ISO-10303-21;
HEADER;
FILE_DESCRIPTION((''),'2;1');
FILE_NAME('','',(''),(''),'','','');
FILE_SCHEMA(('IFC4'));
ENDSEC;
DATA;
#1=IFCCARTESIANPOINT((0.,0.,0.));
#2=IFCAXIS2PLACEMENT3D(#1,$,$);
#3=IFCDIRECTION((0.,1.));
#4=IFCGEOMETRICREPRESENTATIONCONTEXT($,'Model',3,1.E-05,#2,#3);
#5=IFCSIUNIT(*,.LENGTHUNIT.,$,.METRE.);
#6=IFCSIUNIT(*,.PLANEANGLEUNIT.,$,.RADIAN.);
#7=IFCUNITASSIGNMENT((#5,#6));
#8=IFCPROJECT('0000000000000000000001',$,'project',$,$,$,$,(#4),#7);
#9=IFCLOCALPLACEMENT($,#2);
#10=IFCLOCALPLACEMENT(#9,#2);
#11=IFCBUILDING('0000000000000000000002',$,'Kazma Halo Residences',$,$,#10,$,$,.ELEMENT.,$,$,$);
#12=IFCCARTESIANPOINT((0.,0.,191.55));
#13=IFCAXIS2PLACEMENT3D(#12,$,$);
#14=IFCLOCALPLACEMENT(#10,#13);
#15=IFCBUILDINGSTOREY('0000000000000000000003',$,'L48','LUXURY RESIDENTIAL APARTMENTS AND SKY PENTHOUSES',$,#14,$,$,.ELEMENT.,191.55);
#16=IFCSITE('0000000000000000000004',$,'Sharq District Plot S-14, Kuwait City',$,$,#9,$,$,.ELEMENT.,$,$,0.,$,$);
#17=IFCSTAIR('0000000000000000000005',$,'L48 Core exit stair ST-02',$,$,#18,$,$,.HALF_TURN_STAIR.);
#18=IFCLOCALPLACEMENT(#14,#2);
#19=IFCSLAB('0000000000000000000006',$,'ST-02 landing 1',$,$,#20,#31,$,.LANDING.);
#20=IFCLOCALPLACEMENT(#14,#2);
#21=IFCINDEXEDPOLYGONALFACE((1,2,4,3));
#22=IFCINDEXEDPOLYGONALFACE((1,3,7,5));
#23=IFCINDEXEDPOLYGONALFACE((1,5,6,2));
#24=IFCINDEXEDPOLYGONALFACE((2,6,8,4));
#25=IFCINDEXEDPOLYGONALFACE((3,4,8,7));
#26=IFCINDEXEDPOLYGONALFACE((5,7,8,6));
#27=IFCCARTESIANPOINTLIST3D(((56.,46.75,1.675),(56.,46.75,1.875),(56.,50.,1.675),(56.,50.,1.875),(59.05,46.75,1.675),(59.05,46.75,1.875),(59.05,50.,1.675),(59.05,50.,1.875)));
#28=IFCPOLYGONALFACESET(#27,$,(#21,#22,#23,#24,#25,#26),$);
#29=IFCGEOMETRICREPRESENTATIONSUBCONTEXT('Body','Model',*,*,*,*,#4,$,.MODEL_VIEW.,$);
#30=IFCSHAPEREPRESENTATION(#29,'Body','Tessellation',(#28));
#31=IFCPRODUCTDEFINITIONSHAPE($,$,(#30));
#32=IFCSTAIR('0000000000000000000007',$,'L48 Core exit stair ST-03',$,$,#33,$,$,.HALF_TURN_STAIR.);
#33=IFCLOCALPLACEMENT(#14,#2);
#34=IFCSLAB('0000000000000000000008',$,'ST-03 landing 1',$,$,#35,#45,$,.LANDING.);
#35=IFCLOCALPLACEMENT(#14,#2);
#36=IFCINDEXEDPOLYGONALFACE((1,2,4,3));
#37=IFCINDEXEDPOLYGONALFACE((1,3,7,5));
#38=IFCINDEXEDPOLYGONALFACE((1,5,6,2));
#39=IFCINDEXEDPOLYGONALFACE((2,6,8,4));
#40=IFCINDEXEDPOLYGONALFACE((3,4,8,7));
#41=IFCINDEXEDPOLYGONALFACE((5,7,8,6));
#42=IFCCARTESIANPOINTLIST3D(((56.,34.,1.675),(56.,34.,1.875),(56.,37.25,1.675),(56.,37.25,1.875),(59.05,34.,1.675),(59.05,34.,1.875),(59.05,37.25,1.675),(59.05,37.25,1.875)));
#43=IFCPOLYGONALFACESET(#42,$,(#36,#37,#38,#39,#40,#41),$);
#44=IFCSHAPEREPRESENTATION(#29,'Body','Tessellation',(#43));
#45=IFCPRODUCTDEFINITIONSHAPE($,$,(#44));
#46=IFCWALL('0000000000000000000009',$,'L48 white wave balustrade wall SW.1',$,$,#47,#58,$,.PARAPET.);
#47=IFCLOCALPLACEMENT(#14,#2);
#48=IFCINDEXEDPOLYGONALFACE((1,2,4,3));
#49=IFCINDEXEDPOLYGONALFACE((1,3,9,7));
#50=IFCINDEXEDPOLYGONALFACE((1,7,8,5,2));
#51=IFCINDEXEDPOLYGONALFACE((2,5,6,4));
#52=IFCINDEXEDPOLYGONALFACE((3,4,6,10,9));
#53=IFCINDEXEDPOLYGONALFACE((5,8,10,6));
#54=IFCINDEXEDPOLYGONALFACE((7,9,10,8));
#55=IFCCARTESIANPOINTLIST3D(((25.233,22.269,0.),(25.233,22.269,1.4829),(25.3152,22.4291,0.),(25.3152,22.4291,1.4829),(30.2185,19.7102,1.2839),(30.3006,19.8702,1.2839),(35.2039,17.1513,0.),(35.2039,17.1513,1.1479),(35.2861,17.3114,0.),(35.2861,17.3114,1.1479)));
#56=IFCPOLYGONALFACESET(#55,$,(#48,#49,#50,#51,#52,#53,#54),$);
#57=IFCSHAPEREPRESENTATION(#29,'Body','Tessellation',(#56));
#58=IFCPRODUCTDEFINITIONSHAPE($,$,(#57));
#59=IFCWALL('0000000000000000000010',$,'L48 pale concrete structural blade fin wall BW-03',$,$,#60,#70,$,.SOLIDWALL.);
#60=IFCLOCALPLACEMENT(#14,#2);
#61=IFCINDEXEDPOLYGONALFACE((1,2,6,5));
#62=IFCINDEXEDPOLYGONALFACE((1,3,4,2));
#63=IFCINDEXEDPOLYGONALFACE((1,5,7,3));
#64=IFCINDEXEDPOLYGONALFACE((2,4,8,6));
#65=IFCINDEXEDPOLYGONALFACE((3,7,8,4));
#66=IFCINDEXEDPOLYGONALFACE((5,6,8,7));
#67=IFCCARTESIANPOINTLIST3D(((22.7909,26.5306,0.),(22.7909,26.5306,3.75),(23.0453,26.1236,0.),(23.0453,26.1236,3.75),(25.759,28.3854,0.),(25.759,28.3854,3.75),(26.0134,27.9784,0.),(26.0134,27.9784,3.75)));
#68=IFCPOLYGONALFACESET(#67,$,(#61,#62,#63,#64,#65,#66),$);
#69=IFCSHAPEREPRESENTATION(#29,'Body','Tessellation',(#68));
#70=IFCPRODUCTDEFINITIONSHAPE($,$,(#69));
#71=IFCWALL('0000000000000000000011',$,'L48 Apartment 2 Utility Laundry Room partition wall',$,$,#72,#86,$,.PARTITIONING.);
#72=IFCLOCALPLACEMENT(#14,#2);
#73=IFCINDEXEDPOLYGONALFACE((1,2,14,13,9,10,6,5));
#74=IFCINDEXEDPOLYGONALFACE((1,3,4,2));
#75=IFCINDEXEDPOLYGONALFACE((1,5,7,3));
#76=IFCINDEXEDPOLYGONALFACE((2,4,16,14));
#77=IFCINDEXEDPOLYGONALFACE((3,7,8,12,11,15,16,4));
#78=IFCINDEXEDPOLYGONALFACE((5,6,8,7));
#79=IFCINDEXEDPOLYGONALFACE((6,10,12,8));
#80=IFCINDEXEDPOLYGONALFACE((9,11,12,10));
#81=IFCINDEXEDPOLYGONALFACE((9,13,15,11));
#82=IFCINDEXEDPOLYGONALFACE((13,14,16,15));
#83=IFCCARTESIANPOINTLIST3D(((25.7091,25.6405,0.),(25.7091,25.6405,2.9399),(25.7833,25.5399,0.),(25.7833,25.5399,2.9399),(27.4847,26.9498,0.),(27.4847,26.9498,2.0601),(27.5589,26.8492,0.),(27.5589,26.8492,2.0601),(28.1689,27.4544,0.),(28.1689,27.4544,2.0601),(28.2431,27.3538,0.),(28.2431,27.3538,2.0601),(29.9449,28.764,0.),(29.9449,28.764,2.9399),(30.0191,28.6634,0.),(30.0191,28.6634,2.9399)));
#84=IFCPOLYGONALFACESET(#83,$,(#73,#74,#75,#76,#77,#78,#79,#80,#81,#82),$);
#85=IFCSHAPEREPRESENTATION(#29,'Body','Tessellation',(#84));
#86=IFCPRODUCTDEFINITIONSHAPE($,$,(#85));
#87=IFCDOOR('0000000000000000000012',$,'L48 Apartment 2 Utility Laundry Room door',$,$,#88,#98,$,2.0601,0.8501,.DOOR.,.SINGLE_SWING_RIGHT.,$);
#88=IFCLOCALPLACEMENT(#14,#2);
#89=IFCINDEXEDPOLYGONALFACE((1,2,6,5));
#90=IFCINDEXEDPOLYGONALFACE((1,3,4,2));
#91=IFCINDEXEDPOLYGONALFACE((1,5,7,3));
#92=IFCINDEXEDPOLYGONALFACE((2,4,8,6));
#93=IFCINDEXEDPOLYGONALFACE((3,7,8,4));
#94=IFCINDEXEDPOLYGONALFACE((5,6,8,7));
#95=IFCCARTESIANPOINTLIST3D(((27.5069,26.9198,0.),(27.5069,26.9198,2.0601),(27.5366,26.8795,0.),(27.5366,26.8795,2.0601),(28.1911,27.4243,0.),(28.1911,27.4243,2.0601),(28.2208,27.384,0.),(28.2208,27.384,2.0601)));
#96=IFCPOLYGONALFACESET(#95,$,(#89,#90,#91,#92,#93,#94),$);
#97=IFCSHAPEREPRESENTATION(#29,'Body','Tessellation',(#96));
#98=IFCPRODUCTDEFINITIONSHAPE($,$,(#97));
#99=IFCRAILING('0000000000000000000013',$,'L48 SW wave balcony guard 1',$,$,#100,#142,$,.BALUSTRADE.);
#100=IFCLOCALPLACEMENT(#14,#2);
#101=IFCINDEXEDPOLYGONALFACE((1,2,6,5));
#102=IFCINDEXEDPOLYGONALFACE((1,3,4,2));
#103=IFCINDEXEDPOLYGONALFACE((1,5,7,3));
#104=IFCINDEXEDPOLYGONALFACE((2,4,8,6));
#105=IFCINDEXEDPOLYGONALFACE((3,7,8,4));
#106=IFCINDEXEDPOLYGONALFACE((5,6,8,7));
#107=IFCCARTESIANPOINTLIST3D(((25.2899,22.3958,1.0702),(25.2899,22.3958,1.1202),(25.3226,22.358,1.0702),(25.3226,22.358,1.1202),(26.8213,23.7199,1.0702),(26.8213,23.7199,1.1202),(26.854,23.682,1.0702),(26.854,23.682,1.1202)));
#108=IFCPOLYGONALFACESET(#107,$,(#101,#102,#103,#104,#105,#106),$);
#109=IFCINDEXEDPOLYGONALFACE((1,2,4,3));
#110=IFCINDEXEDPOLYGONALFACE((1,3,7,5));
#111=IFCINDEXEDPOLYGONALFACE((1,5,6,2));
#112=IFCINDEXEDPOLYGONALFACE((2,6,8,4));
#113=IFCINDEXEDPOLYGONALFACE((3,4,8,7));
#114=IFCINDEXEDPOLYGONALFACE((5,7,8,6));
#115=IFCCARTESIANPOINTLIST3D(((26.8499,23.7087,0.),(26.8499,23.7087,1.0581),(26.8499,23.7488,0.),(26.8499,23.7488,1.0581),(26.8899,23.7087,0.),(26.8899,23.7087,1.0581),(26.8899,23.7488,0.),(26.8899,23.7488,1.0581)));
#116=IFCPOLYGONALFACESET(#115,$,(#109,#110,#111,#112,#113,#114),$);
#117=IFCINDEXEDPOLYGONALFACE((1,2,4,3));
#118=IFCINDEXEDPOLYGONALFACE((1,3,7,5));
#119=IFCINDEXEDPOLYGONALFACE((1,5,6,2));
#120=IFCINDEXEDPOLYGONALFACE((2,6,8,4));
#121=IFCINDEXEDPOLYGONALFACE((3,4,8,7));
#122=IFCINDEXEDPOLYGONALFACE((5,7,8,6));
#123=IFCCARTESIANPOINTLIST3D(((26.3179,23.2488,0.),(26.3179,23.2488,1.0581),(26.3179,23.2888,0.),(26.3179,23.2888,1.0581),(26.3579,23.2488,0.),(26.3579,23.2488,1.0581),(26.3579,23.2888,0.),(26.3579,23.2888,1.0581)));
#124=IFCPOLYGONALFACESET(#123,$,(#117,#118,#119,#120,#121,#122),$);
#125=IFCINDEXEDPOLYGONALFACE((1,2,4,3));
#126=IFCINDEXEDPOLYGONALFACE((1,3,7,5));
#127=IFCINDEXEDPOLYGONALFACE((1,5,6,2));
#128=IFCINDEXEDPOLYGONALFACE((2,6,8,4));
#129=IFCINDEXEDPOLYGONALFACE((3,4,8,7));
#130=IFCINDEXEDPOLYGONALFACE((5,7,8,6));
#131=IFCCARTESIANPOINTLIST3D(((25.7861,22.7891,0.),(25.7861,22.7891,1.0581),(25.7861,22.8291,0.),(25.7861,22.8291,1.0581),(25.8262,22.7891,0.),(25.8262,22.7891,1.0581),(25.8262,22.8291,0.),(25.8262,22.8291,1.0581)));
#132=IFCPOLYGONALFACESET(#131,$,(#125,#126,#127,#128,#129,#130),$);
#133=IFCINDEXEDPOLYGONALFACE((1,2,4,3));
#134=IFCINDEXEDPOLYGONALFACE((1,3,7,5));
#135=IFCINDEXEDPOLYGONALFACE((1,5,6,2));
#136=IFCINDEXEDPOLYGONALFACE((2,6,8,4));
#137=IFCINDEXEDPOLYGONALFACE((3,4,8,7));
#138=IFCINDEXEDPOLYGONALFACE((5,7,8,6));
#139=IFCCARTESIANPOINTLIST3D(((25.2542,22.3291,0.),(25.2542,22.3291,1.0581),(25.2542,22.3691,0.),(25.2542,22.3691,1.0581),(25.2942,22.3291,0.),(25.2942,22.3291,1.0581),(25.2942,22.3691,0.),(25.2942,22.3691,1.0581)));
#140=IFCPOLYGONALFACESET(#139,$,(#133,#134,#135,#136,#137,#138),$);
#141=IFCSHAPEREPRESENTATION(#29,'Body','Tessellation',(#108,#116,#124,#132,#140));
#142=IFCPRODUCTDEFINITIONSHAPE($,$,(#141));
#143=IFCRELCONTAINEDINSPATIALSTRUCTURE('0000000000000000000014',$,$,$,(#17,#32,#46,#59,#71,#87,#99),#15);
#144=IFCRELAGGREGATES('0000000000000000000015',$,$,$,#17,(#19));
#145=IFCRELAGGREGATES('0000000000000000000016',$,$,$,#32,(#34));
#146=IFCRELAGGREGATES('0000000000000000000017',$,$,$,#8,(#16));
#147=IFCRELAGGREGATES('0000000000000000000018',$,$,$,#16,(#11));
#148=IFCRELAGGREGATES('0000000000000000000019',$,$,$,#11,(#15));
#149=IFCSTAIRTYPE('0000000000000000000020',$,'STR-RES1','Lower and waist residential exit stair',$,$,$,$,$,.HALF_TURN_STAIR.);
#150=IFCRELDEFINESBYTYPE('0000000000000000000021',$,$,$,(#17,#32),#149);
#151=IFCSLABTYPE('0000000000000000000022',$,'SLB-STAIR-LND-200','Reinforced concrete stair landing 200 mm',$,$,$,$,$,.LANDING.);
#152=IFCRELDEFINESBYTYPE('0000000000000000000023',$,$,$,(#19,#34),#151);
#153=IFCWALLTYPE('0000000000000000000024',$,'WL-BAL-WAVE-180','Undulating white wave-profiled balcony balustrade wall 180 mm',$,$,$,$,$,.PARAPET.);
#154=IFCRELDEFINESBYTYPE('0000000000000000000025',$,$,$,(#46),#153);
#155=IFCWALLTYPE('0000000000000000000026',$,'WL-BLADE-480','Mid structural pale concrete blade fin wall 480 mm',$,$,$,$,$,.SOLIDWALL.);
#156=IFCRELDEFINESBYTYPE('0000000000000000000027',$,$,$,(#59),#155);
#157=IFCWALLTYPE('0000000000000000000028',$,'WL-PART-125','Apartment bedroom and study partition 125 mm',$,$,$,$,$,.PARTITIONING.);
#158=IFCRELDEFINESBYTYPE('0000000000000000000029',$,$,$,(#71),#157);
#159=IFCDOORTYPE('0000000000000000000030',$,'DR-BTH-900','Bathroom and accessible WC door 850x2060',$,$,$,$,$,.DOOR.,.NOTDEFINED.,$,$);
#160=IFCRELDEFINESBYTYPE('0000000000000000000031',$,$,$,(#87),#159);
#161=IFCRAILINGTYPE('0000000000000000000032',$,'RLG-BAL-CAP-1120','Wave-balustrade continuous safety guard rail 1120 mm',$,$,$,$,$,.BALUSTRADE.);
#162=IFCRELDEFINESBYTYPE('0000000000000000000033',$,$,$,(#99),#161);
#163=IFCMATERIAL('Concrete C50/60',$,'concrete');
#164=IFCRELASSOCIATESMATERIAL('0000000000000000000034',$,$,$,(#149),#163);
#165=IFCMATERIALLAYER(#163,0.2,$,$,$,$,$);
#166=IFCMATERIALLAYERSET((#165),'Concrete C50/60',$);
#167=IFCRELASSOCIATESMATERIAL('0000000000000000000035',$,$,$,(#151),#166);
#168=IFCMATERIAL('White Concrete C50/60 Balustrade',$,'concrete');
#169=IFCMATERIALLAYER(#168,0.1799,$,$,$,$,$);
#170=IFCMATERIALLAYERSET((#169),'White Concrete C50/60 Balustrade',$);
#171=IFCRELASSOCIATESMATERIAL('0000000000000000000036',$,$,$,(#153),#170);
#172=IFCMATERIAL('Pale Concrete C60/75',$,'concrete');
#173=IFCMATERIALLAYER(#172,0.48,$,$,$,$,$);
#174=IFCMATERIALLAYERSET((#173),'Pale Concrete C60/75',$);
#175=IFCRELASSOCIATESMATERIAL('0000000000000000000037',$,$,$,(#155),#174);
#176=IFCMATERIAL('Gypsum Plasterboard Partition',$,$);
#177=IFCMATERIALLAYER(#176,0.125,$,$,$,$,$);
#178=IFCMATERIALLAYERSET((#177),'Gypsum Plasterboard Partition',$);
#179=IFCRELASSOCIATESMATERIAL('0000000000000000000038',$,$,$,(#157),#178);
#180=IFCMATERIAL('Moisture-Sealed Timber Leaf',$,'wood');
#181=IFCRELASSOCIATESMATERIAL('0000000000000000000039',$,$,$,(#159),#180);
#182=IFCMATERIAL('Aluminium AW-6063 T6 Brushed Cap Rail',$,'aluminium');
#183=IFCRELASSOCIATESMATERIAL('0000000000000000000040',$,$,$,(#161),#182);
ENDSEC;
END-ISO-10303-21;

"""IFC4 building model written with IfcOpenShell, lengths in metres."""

from ifc_helpers import new_model, si_unit, direction, frame, frame_2d, origin, origin_2d, place, context, subcontext, project, spatial, polyline, rectangle, outline, extrude, material, layer, layer_set, type_object, element, fill, aggregate, save


model = new_model("IFC4")

# Units and contexts
model_context = context("Model", 3, precision=1e-05, world=origin(), true_north=direction((0.0, 1.0)))
body_context = subcontext(model_context, "Body", "Model", "MODEL_VIEW")
ifc_project = project(units=[si_unit("LENGTHUNIT", "METRE"), si_unit("PLANEANGLEUNIT", "RADIAN")], contexts=[model_context])

# Site, building, storey
site_placement = place(None, origin())
site = spatial("IfcSite", under=ifc_project, at=site_placement, Name="Sharq District Plot S-14, Kuwait City", CompositionType="ELEMENT", RefElevation=0.0)
building_placement = place(site_placement, origin())
building = spatial("IfcBuilding", under=site, at=building_placement, Name="Kazma Halo Residences", CompositionType="ELEMENT")
storey_placement = place(building_placement, frame((0.0, 0.0, 191.55)))
storey = spatial("IfcBuildingStorey", under=building, at=storey_placement, Name="L48", Description="LUXURY RESIDENTIAL APARTMENTS AND SKY PENTHOUSES", CompositionType="ELEMENT", Elevation=191.55)

# Shared definitions
ifc_material_1 = material(Name="Concrete C50/60", Category="concrete")

# Stairs, slabs
stair_type = type_object("IfcStairType", Name="STR-RES1", Description="Lower and waist residential exit stair", PredefinedType="HALF_TURN_STAIR", material=ifc_material_1)
ifc_layer_1 = layer(ifc_material_1, 0.2)
ifc_layer_set_1 = layer_set([ifc_layer_1], Name="Concrete C50/60")
slab_type_1 = type_object("IfcSlabType", Name="SLB-STAIR-LND-200", Description="Reinforced concrete stair landing 200 mm", PredefinedType="LANDING", material=ifc_layer_set_1)
stair_1_placement = place(storey_placement, origin())
stair_1 = element("IfcStair", 1, at=stair_1_placement, inside=storey, type_object=stair_type, Name="L48 Core exit stair ST-02", PredefinedType="HALF_TURN_STAIR")
slab_1_placement = place(storey_placement, frame((0.0, 0.0, 1.675)))
slab_1 = element("IfcSlab", 2, at=slab_1_placement, type_object=slab_type_1, Name="ST-02 landing 1", PredefinedType="LANDING", context=body_context, shape_type="SweptSolid", body=[
    extrude(outline(polyline([(56.0, 46.75), (59.05, 46.75), (59.05, 50.0), (56.0, 50.0), (56.0, 46.75)])), origin(), (0.0, 0.0, 1.0), 0.2),
])
aggregate(stair_1, [slab_1])
stair_2_placement = place(storey_placement, origin())
stair_2 = element("IfcStair", 3, at=stair_2_placement, inside=storey, type_object=stair_type, Name="L48 Core exit stair ST-03", PredefinedType="HALF_TURN_STAIR")
slab_2_placement = place(storey_placement, frame((0.0, 0.0, 1.675)))
slab_2 = element("IfcSlab", 4, at=slab_2_placement, type_object=slab_type_1, Name="ST-03 landing 1", PredefinedType="LANDING", context=body_context, shape_type="SweptSolid", body=[
    extrude(outline(polyline([(56.0, 34.0), (59.05, 34.0), (59.05, 37.25), (56.0, 37.25), (56.0, 34.0)])), origin(), (0.0, 0.0, 1.0), 0.2),
])
aggregate(stair_2, [slab_2])

# Walls
ifc_material_2 = material(Name="White Concrete C50/60 Balustrade", Category="concrete")
ifc_layer_2 = layer(ifc_material_2, 0.1799)
ifc_layer_set_2 = layer_set([ifc_layer_2], Name="White Concrete C50/60 Balustrade")
wall_type_1 = type_object("IfcWallType", Name="WL-BAL-WAVE-180", Description="Undulating white wave-profiled balcony balustrade wall 180 mm", PredefinedType="PARAPET", material=ifc_layer_set_2)
wall_1_placement = place(storey_placement, frame((25.2742, 22.3491, 0.0), z_axis=(0.0, 0.0, 1.0), x_axis=(0.889659, -0.456625, 0.0)))
element("IfcWall", 5, at=wall_1_placement, inside=storey, type_object=wall_type_1, Name="L48 white wave balustrade wall SW.1", PredefinedType="PARAPET", context=body_context, shape_type="SweptSolid", body=[
    extrude(outline(polyline([(0.0, 0.0), (11.2075, 0.0), (11.2075, 1.1479), (5.6038, 1.2839), (0.0, 1.4829), (0.0, 0.0)])), frame((0.0, 0.0898, 0.0), z_axis=(0.0, -1.0, 0.0), x_axis=(1.0, 0.0, 0.0)), (0.0, 0.0, 1.0), 0.1799),
])
ifc_material_3 = material(Name="Pale Concrete C60/75", Category="concrete")
ifc_layer_3 = layer(ifc_material_3, 0.48)
ifc_layer_set_3 = layer_set([ifc_layer_3], Name="Pale Concrete C60/75")
wall_type_2 = type_object("IfcWallType", Name="WL-BLADE-480", Description="Mid structural pale concrete blade fin wall 480 mm", PredefinedType="SOLIDWALL", material=ifc_layer_set_3)
wall_2_placement = place(storey_placement, frame((25.8862, 28.1819, 0.0), z_axis=(0.0, 0.0, 1.0), x_axis=(-0.848034, -0.529943, 0.0)))
element("IfcWall", 6, at=wall_2_placement, inside=storey, type_object=wall_type_2, Name="L48 pale concrete structural blade fin wall BW-03", PredefinedType="SOLIDWALL", context=body_context, shape_type="SweptSolid", body=[
    extrude(rectangle(XDim=3.5, YDim=0.48, at=frame_2d((1.75, 0.0))), origin(), (0.0, 0.0, 1.0), 3.75),
])

# Wall, opening, door
ifc_material_4 = material(Name="Gypsum Plasterboard Partition")
ifc_layer_4 = layer(ifc_material_4, 0.125)
ifc_layer_set_4 = layer_set([ifc_layer_4], Name="Gypsum Plasterboard Partition")
wall_type_3 = type_object("IfcWallType", Name="WL-PART-125", Description="Apartment bedroom and study partition 125 mm", PredefinedType="PARTITIONING", material=ifc_layer_set_4)
wall_3_placement = place(storey_placement, frame((29.9819, 28.7136, 0.0), z_axis=(0.0, 0.0, 1.0), x_axis=(-0.804839, -0.593493, 0.0)))
wall_3 = element("IfcWall", 7, at=wall_3_placement, inside=storey, type_object=wall_type_3, Name="L48 Apartment 2 Utility Laundry Room partition wall", PredefinedType="PARTITIONING", context=body_context, shape_type="SweptSolid", body=[
    extrude(rectangle(XDim=5.2629, YDim=0.125, at=frame_2d((2.6313, 0.0))), origin(), (0.0, 0.0, 1.0), 2.9399),
])
opening_1_placement = place(wall_3_placement, frame((2.2065, 0.0, 0.0)))
opening_1 = element("IfcOpeningElement", 8, at=opening_1_placement, cuts=wall_3, PredefinedType="OPENING", context=body_context, shape_type="SweptSolid", body=[
    extrude(rectangle(XDim=0.8501, YDim=2.0601, at=frame_2d((0.425, 1.03))), frame((0.0, 0.0725, 0.0), z_axis=(0.0, -1.0, 0.0), x_axis=(1.0, 0.0, 0.0)), (0.0, 0.0, 1.0), 0.145),
])
ifc_material_5 = material(Name="Moisture-Sealed Timber Leaf", Category="wood")
door_type_1 = type_object("IfcDoorType", Name="DR-BTH-900", Description="Bathroom and accessible WC door 850x2060", OperationType="NOTDEFINED", PredefinedType="DOOR", material=ifc_material_5)
door_1_placement = place(opening_1_placement, origin())
door_1 = element("IfcDoor", 9, at=door_1_placement, inside=storey, type_object=door_type_1, Name="L48 Apartment 2 Utility Laundry Room door", OperationType="SINGLE_SWING_RIGHT", OverallHeight=2.0601, OverallWidth=0.8501, PredefinedType="DOOR", context=body_context, shape_type="SweptSolid", body=[
    extrude(rectangle(XDim=0.8501, YDim=2.0601, at=frame_2d((0.425, 1.03))), frame((0.0, 0.0249, 0.0), z_axis=(0.0, -1.0, 0.0), x_axis=(1.0, 0.0, 0.0)), (0.0, 0.0, 1.0), 0.05),
])
fill(opening_1, door_1)

# Railing
ifc_material_6 = material(Name="Aluminium AW-6063 T6 Brushed Cap Rail", Category="aluminium")
railing_type = type_object("IfcRailingType", Name="RLG-BAL-CAP-1120", Description="Wave-balustrade continuous safety guard rail 1120 mm", PredefinedType="BALUSTRADE", material=ifc_material_6)
railing_1_placement = place(storey_placement, frame((26.8699, 23.7288, 0.0)))
element("IfcRailing", 10, at=railing_1_placement, inside=storey, type_object=railing_type, Name="L48 SW wave balcony guard 1", PredefinedType="BALUSTRADE", context=body_context, shape_type="SweptSolid", body=[
    extrude(rectangle(XDim=0.05, YDim=0.05, at=origin_2d()), frame((-0.0322, -0.0278, 1.0952), z_axis=(-0.756464, -0.654036, 0.0), x_axis=(0.654036, -0.756464, 0.0)), (0.0, 0.0, 1.0), 2.0244),
    extrude(rectangle(XDim=0.04, YDim=0.04, at=origin_2d()), origin(), (0.0, 0.0, 1.0), 1.0581),
    extrude(rectangle(XDim=0.04, YDim=0.04, at=origin_2d()), frame((-0.532, -0.46, 0.0)), (0.0, 0.0, 1.0), 1.0581),
    extrude(rectangle(XDim=0.04, YDim=0.04, at=origin_2d()), frame((-1.0637, -0.9197, 0.0)), (0.0, 0.0, 1.0), 1.0581),
    extrude(rectangle(XDim=0.04, YDim=0.04, at=origin_2d()), frame((-1.5957, -1.3796, 0.0)), (0.0, 0.0, 1.0), 1.0581),
])

save(model, "model.ifc")
